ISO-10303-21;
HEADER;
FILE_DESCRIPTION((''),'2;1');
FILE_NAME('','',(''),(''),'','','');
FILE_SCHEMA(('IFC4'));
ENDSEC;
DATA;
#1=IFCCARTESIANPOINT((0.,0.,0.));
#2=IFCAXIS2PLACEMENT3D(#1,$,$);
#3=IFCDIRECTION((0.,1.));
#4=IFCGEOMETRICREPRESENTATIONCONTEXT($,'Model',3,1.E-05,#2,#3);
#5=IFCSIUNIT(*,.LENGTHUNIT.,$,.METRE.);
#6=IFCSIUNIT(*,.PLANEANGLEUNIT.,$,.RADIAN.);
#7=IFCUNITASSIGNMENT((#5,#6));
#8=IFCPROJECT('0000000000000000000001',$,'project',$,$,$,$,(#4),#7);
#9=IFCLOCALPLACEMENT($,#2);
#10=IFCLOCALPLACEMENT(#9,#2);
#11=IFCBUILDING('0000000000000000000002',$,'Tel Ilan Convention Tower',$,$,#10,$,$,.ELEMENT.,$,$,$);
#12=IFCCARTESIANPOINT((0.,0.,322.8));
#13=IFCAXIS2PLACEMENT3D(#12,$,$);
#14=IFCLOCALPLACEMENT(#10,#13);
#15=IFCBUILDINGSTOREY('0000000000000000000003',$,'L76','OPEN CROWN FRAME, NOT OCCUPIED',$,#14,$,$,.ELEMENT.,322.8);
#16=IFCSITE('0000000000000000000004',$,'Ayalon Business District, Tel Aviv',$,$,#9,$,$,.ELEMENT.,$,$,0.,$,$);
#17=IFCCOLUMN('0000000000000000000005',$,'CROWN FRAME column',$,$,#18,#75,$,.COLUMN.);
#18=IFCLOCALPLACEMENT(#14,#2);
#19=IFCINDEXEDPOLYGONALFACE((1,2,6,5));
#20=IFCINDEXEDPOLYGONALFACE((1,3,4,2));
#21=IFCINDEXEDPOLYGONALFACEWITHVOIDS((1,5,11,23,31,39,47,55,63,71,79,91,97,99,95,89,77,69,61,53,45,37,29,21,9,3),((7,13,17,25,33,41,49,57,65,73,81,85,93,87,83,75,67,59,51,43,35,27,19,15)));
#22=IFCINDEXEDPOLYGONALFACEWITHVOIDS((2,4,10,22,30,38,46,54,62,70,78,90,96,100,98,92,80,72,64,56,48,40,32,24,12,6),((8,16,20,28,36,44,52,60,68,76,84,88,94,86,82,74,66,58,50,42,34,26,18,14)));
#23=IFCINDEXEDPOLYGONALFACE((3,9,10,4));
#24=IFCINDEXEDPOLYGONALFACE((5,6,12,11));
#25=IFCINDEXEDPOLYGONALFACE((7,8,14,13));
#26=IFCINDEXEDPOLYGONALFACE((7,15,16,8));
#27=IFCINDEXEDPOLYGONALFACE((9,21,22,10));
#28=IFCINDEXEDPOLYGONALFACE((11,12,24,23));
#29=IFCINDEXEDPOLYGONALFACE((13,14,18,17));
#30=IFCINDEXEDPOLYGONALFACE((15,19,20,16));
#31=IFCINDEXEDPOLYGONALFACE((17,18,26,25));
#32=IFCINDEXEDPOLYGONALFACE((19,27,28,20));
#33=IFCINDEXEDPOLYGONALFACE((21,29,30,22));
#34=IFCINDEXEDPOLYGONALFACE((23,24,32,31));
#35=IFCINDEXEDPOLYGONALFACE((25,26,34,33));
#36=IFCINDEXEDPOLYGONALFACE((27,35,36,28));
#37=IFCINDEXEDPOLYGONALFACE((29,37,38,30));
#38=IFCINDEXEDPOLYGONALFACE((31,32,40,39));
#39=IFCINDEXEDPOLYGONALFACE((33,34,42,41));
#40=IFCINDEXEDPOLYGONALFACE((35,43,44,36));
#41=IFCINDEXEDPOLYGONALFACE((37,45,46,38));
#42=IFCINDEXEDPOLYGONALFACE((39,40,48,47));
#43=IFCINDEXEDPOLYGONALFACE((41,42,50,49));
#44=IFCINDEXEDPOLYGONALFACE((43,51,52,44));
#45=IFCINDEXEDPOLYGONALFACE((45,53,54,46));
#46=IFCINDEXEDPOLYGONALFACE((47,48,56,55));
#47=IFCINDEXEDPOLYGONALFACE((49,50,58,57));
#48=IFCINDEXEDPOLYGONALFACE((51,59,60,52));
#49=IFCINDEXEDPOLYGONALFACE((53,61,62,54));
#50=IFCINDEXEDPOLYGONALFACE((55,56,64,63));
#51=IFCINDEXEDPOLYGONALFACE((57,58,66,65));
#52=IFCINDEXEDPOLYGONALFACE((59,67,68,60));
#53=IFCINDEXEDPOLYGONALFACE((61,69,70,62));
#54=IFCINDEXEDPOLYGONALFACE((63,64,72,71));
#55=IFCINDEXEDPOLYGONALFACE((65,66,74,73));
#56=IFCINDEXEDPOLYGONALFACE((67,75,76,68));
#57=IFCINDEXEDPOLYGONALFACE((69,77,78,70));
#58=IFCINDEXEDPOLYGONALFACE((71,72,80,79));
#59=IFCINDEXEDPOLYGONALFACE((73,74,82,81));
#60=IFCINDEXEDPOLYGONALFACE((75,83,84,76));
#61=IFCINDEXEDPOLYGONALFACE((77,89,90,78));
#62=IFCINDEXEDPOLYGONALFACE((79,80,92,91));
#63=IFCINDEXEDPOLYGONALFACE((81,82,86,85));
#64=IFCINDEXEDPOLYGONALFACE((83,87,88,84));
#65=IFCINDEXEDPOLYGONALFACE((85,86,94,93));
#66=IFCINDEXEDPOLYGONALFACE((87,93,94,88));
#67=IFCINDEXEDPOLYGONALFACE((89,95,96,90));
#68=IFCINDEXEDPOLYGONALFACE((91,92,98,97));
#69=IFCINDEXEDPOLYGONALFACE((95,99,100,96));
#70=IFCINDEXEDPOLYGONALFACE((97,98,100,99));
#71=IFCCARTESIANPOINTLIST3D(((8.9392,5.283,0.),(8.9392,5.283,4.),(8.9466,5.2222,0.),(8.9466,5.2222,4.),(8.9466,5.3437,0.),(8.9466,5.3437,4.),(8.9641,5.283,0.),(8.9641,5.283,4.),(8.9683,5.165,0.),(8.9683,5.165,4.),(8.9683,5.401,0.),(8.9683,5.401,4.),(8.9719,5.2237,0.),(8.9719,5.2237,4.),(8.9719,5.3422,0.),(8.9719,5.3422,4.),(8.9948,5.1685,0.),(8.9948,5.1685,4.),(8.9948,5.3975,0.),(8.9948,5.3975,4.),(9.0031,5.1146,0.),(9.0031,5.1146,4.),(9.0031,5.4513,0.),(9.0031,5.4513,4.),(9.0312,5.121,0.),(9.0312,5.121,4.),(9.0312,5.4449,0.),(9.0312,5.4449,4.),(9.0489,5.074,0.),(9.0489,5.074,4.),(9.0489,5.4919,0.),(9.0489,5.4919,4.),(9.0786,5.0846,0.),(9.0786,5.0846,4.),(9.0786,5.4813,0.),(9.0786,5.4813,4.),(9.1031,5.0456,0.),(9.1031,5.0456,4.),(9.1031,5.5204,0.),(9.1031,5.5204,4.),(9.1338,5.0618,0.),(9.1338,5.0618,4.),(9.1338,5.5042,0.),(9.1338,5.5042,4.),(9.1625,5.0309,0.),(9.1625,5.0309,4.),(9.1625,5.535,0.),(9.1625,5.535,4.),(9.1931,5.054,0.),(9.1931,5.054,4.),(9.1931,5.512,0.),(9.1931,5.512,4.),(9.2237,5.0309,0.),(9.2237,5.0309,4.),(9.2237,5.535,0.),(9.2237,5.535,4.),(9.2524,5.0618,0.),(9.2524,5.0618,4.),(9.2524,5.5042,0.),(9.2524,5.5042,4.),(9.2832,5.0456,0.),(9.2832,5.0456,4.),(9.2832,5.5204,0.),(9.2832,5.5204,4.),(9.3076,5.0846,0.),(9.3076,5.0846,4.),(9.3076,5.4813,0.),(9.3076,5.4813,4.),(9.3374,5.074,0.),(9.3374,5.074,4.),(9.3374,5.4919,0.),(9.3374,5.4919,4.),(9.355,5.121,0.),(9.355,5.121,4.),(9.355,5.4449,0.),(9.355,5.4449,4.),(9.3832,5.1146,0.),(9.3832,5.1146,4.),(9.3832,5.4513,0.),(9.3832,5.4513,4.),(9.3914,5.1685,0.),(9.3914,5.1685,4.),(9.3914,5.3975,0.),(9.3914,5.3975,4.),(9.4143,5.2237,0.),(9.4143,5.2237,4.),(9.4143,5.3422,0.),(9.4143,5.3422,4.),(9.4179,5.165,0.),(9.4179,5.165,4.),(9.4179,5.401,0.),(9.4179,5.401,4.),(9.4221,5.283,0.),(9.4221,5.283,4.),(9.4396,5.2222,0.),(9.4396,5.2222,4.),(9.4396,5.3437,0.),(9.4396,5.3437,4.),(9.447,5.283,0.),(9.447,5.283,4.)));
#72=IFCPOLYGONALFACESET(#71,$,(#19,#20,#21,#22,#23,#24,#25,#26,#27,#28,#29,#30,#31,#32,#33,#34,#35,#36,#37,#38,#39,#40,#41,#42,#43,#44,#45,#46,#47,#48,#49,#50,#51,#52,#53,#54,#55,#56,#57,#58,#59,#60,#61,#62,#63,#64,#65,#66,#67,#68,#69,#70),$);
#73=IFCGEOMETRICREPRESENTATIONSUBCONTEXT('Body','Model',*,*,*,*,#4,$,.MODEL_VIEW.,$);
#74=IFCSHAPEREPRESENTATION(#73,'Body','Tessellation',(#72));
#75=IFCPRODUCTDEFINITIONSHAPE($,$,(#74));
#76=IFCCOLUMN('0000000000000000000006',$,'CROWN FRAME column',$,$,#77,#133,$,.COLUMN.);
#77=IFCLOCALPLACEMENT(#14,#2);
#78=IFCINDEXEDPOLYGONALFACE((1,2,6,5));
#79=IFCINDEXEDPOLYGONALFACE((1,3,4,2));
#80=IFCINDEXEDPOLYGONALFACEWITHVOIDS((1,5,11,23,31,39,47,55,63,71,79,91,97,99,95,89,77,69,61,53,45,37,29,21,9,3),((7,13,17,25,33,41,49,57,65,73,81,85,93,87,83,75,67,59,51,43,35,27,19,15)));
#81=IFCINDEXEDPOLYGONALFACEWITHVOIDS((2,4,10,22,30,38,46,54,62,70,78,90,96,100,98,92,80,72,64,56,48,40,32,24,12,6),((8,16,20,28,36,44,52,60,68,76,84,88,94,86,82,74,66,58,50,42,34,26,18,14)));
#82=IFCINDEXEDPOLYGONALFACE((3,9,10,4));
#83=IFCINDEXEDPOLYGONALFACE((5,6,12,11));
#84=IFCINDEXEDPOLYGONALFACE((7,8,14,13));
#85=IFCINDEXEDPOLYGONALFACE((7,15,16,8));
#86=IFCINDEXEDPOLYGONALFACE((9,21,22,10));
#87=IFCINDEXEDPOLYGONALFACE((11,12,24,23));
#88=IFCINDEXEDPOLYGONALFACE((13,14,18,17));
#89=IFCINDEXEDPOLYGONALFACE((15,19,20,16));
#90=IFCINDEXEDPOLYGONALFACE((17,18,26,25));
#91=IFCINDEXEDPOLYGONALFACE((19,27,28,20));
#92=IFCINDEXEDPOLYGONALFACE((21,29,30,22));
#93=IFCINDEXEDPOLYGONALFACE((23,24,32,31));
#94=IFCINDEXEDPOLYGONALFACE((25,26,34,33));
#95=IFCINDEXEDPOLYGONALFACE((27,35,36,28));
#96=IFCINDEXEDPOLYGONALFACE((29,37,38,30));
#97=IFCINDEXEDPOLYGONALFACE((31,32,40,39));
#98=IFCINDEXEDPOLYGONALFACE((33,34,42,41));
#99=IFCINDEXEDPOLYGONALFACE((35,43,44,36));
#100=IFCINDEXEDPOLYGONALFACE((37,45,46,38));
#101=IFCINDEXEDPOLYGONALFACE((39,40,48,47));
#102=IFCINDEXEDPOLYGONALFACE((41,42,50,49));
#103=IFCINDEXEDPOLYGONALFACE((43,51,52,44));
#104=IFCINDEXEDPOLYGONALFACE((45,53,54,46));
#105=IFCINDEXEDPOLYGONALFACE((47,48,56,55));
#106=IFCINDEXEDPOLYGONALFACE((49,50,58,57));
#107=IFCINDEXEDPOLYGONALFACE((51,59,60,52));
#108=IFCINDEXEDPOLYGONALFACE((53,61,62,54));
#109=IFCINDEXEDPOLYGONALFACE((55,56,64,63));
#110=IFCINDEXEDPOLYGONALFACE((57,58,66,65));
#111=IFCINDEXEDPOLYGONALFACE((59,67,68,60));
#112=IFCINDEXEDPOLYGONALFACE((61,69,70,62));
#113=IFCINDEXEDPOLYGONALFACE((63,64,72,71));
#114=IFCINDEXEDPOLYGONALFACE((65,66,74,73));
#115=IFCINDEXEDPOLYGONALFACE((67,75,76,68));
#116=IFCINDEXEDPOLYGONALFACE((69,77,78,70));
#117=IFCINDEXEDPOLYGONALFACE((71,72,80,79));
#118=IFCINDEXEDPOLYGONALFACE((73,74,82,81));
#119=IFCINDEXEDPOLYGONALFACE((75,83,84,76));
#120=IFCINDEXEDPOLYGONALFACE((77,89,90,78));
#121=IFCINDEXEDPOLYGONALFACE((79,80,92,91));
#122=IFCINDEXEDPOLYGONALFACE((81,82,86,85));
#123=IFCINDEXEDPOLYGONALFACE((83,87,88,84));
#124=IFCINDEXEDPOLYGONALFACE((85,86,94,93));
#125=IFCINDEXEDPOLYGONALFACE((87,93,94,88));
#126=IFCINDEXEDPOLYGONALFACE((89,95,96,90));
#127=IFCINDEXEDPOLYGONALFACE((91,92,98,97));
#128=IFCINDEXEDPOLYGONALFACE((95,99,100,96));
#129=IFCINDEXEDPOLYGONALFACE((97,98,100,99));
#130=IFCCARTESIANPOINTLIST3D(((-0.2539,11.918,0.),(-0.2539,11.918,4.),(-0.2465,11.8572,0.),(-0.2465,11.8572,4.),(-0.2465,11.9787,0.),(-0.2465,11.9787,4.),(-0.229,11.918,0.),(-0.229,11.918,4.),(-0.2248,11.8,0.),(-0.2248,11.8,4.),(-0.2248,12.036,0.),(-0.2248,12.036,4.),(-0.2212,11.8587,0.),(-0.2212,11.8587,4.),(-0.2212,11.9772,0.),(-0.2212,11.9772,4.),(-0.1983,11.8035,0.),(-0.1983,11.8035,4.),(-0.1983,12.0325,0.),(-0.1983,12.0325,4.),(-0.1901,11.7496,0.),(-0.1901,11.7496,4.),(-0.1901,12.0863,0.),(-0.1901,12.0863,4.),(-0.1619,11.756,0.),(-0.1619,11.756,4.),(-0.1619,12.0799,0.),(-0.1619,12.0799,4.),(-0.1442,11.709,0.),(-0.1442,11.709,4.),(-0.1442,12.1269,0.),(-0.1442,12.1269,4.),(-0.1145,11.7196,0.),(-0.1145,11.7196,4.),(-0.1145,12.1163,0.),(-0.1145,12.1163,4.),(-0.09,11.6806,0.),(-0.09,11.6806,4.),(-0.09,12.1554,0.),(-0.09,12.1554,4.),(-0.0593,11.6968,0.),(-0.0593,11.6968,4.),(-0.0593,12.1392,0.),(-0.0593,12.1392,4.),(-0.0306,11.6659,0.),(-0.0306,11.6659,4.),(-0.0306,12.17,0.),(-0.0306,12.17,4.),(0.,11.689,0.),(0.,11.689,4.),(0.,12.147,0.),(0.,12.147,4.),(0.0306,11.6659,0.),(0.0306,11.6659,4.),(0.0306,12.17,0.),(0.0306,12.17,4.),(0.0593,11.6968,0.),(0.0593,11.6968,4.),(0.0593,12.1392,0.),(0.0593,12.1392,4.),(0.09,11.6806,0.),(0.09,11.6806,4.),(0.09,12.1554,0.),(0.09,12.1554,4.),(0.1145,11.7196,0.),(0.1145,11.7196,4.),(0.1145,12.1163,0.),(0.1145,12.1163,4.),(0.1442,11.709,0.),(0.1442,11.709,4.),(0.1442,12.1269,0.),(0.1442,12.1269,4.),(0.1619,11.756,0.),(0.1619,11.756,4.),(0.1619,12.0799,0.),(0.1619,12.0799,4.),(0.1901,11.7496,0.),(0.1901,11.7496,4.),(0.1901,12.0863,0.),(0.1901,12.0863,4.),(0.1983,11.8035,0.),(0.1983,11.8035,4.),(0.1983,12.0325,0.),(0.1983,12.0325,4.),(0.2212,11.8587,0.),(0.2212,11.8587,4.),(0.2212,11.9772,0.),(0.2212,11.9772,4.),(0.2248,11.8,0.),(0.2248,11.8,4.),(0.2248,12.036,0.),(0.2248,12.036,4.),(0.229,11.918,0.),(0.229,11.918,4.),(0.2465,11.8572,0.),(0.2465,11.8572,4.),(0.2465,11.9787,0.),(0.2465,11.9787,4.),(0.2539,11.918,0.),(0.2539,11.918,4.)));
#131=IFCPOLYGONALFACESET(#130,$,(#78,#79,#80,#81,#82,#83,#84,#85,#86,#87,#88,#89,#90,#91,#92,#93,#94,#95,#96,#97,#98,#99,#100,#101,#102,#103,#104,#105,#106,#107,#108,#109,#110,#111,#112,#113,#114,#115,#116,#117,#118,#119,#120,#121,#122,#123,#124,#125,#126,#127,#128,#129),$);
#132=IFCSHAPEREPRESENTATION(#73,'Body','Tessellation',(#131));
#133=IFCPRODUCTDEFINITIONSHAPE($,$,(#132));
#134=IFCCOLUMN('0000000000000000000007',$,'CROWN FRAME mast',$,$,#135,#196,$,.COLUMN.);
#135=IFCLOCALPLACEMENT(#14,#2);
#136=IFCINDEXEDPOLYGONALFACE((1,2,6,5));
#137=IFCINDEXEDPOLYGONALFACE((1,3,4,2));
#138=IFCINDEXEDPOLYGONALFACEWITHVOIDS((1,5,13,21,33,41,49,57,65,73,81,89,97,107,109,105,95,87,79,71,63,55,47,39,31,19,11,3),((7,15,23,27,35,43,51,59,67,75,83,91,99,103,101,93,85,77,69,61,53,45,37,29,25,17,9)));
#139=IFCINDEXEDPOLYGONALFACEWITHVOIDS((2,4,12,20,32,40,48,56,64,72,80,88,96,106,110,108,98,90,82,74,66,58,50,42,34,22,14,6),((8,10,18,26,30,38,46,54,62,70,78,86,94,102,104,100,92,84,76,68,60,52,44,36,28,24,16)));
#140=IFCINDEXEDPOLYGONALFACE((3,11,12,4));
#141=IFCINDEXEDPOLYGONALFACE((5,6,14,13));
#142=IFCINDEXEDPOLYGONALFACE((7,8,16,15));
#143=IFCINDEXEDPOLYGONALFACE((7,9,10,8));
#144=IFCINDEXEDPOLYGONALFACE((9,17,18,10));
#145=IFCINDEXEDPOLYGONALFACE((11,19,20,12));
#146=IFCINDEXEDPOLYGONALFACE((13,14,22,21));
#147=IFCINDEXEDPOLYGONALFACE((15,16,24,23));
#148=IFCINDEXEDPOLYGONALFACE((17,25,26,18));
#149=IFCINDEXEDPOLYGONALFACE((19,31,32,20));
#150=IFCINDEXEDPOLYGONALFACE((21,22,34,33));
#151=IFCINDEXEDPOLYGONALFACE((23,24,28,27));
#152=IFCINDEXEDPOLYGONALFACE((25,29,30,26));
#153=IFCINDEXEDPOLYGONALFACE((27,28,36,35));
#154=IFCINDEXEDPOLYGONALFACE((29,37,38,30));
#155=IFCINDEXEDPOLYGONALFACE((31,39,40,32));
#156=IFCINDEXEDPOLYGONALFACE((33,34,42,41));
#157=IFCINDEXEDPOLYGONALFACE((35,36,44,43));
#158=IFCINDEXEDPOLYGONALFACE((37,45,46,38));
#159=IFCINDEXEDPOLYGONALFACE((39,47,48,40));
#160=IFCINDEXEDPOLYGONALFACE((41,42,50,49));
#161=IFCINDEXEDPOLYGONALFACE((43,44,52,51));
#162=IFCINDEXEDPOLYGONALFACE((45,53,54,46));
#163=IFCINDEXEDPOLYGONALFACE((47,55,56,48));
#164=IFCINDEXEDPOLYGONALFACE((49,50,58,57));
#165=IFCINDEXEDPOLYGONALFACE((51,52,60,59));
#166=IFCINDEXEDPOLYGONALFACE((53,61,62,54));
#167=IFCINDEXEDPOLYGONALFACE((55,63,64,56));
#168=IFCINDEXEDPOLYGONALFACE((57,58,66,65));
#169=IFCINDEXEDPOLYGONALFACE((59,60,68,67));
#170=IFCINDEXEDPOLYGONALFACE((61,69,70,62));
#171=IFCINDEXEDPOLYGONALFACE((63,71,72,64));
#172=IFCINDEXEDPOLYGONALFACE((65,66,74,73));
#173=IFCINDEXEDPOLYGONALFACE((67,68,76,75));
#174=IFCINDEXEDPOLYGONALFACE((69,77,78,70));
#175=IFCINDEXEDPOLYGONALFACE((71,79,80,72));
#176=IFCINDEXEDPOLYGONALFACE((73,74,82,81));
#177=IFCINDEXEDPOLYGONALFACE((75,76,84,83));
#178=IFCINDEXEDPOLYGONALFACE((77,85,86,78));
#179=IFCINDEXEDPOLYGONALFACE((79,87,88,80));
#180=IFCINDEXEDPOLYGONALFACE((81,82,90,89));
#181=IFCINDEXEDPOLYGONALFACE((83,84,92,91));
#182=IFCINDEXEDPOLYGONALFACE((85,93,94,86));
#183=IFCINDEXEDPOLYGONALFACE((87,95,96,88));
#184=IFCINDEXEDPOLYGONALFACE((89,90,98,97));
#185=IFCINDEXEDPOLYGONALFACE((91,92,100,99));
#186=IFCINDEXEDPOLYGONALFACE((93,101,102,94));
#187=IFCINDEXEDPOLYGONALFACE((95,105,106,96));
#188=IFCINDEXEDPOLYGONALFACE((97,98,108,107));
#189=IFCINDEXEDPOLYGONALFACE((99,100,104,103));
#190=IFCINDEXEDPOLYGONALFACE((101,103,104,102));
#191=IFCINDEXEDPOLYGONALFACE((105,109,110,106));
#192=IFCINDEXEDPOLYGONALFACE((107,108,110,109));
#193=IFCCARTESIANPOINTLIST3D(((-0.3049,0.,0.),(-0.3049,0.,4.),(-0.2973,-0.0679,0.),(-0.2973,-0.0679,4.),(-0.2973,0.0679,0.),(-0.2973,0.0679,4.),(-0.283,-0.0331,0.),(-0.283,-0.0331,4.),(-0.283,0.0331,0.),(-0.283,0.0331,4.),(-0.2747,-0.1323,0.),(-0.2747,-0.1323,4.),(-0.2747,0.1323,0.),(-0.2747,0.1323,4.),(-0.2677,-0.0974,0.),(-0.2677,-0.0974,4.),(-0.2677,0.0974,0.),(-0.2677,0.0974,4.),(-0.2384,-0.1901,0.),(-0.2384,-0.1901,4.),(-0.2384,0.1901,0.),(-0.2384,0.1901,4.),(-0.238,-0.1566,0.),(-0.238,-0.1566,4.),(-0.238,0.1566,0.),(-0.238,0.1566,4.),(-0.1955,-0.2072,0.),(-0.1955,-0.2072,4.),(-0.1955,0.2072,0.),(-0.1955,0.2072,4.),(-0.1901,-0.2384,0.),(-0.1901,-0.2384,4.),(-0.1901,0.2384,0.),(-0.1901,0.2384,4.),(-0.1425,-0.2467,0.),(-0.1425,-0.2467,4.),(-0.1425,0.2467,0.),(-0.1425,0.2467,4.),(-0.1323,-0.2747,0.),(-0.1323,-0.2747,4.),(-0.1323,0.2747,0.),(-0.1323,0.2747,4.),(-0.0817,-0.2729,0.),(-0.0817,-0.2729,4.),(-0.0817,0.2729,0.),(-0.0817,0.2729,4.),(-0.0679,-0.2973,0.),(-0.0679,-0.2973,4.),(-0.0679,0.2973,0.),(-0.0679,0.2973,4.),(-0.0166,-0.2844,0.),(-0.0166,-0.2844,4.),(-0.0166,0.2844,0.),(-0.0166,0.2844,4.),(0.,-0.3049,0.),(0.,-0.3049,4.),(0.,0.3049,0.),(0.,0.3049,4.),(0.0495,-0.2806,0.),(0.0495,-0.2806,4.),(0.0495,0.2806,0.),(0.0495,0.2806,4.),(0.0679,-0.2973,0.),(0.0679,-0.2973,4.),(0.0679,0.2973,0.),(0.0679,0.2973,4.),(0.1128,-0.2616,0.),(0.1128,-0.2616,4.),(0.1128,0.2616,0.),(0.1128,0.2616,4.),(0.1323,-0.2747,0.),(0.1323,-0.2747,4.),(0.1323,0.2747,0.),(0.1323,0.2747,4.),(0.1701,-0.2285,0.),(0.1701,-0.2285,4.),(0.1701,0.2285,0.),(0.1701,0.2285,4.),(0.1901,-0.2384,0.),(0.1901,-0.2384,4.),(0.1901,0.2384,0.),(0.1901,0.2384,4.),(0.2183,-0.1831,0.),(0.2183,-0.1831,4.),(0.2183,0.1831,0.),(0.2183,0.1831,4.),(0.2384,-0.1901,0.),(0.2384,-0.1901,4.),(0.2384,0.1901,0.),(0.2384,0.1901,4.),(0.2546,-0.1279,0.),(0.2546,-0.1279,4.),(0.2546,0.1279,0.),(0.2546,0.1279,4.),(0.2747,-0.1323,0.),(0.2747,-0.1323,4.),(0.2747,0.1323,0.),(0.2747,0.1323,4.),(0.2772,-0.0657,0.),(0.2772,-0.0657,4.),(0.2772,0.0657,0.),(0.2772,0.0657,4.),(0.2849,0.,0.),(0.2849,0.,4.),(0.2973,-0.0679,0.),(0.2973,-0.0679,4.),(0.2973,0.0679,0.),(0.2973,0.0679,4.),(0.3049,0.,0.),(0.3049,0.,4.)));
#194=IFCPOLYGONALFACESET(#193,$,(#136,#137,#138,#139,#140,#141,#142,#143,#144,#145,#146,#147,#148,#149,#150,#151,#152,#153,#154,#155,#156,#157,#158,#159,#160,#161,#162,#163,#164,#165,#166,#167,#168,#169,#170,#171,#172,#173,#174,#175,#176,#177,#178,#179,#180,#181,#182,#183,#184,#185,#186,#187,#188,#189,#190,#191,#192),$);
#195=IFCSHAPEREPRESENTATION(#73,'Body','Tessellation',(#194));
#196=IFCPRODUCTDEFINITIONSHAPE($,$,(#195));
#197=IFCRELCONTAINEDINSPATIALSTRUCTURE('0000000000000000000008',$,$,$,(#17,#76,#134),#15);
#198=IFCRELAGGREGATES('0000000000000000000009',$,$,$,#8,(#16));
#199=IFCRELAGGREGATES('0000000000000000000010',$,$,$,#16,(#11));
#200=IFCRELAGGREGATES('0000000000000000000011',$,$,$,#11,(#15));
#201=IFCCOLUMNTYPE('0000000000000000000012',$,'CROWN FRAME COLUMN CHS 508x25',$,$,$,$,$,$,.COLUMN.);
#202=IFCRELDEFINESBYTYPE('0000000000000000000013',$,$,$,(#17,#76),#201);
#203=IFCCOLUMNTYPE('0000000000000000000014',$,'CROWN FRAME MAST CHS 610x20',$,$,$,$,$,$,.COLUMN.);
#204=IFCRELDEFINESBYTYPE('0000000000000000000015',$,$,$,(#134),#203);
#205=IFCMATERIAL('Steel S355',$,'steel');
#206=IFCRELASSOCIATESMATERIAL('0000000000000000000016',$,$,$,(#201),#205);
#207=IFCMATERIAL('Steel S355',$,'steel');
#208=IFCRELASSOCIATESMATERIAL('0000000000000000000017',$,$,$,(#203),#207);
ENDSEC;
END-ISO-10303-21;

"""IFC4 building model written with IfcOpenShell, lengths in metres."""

from ifc_helpers import new_model, si_unit, direction, frame, origin, origin_with_axes, origin_2d, place, context, subcontext, project, spatial, hollow_circle, extrude, material, material_profile, profile_set, type_object, element, save


model = new_model("IFC4")

# Units and contexts
model_context = context("Model", 3, precision=1e-05, world=origin(), true_north=direction((0.0, 1.0)))
body_context = subcontext(model_context, "Body", "Model", "MODEL_VIEW")
ifc_project = project(units=[si_unit("LENGTHUNIT", "METRE"), si_unit("PLANEANGLEUNIT", "RADIAN")], contexts=[model_context])

# Site, building, storey
site_placement = place(None, origin())
site = spatial("IfcSite", under=ifc_project, at=site_placement, Name="Ayalon Business District, Tel Aviv", CompositionType="ELEMENT", RefElevation=0.0)
building_placement = place(site_placement, origin())
building = spatial("IfcBuilding", under=site, at=building_placement, Name="Tel Ilan Convention Tower", CompositionType="ELEMENT")
storey_placement = place(building_placement, frame((0.0, 0.0, 322.8)))
storey = spatial("IfcBuildingStorey", under=building, at=storey_placement, Name="L76", Description="OPEN CROWN FRAME, NOT OCCUPIED", CompositionType="ELEMENT", Elevation=322.8)

# Columns
ifc_material_1 = material(Name="Steel S355", Category="steel")
ifc_material_profile_1 = material_profile(ifc_material_1, hollow_circle(Radius=0.2539, WallThickness=0.0249, at=origin_2d()), Name="CHS 508x25")
ifc_profile_set_1 = profile_set([ifc_material_profile_1], Name="Steel S355")
column_type_1 = type_object("IfcColumnType", Name="CROWN FRAME COLUMN CHS 508x25", PredefinedType="COLUMN", material=ifc_profile_set_1)
for number, where, z_axis, x_axis, name in (
    (1, (9.1931, 5.283, 0.0), (0.0, 0.0, 1.0), (1.0, 0.0, 0.0), "CROWN FRAME column"),
    (2, (0.0, 11.918, 0.0), (0.0, 0.0, 1.0), (1.0, 0.0, 0.0), "CROWN FRAME column"),
):
    element("IfcColumn", number, at=place(storey_placement, frame(where, z_axis=z_axis, x_axis=x_axis)), inside=storey, type_object=column_type_1, Name=name, PredefinedType="COLUMN", context=body_context, shape_type="SweptSolid", body=[
        extrude(hollow_circle(Radius=0.2539, WallThickness=0.0249, at=origin_2d()), origin(), (0.0, 0.0, 1.0), 4.0),
    ])
ifc_material_2 = material(Name="Steel S355", Category="steel")
ifc_material_profile_2 = material_profile(ifc_material_2, hollow_circle(Radius=0.3049, WallThickness=0.02, at=origin_2d()), Name="CHS 610x20")
ifc_profile_set_2 = profile_set([ifc_material_profile_2], Name="Steel S355")
column_type_2 = type_object("IfcColumnType", Name="CROWN FRAME MAST CHS 610x20", PredefinedType="COLUMN", material=ifc_profile_set_2)
column_placement = place(storey_placement, origin_with_axes())
element("IfcColumn", 3, at=column_placement, inside=storey, type_object=column_type_2, Name="CROWN FRAME mast", PredefinedType="COLUMN", context=body_context, shape_type="SweptSolid", body=[
    extrude(hollow_circle(Radius=0.3049, WallThickness=0.02, at=origin_2d()), origin(), (0.0, 0.0, 1.0), 4.0),
])

save(model, "model.ifc")
